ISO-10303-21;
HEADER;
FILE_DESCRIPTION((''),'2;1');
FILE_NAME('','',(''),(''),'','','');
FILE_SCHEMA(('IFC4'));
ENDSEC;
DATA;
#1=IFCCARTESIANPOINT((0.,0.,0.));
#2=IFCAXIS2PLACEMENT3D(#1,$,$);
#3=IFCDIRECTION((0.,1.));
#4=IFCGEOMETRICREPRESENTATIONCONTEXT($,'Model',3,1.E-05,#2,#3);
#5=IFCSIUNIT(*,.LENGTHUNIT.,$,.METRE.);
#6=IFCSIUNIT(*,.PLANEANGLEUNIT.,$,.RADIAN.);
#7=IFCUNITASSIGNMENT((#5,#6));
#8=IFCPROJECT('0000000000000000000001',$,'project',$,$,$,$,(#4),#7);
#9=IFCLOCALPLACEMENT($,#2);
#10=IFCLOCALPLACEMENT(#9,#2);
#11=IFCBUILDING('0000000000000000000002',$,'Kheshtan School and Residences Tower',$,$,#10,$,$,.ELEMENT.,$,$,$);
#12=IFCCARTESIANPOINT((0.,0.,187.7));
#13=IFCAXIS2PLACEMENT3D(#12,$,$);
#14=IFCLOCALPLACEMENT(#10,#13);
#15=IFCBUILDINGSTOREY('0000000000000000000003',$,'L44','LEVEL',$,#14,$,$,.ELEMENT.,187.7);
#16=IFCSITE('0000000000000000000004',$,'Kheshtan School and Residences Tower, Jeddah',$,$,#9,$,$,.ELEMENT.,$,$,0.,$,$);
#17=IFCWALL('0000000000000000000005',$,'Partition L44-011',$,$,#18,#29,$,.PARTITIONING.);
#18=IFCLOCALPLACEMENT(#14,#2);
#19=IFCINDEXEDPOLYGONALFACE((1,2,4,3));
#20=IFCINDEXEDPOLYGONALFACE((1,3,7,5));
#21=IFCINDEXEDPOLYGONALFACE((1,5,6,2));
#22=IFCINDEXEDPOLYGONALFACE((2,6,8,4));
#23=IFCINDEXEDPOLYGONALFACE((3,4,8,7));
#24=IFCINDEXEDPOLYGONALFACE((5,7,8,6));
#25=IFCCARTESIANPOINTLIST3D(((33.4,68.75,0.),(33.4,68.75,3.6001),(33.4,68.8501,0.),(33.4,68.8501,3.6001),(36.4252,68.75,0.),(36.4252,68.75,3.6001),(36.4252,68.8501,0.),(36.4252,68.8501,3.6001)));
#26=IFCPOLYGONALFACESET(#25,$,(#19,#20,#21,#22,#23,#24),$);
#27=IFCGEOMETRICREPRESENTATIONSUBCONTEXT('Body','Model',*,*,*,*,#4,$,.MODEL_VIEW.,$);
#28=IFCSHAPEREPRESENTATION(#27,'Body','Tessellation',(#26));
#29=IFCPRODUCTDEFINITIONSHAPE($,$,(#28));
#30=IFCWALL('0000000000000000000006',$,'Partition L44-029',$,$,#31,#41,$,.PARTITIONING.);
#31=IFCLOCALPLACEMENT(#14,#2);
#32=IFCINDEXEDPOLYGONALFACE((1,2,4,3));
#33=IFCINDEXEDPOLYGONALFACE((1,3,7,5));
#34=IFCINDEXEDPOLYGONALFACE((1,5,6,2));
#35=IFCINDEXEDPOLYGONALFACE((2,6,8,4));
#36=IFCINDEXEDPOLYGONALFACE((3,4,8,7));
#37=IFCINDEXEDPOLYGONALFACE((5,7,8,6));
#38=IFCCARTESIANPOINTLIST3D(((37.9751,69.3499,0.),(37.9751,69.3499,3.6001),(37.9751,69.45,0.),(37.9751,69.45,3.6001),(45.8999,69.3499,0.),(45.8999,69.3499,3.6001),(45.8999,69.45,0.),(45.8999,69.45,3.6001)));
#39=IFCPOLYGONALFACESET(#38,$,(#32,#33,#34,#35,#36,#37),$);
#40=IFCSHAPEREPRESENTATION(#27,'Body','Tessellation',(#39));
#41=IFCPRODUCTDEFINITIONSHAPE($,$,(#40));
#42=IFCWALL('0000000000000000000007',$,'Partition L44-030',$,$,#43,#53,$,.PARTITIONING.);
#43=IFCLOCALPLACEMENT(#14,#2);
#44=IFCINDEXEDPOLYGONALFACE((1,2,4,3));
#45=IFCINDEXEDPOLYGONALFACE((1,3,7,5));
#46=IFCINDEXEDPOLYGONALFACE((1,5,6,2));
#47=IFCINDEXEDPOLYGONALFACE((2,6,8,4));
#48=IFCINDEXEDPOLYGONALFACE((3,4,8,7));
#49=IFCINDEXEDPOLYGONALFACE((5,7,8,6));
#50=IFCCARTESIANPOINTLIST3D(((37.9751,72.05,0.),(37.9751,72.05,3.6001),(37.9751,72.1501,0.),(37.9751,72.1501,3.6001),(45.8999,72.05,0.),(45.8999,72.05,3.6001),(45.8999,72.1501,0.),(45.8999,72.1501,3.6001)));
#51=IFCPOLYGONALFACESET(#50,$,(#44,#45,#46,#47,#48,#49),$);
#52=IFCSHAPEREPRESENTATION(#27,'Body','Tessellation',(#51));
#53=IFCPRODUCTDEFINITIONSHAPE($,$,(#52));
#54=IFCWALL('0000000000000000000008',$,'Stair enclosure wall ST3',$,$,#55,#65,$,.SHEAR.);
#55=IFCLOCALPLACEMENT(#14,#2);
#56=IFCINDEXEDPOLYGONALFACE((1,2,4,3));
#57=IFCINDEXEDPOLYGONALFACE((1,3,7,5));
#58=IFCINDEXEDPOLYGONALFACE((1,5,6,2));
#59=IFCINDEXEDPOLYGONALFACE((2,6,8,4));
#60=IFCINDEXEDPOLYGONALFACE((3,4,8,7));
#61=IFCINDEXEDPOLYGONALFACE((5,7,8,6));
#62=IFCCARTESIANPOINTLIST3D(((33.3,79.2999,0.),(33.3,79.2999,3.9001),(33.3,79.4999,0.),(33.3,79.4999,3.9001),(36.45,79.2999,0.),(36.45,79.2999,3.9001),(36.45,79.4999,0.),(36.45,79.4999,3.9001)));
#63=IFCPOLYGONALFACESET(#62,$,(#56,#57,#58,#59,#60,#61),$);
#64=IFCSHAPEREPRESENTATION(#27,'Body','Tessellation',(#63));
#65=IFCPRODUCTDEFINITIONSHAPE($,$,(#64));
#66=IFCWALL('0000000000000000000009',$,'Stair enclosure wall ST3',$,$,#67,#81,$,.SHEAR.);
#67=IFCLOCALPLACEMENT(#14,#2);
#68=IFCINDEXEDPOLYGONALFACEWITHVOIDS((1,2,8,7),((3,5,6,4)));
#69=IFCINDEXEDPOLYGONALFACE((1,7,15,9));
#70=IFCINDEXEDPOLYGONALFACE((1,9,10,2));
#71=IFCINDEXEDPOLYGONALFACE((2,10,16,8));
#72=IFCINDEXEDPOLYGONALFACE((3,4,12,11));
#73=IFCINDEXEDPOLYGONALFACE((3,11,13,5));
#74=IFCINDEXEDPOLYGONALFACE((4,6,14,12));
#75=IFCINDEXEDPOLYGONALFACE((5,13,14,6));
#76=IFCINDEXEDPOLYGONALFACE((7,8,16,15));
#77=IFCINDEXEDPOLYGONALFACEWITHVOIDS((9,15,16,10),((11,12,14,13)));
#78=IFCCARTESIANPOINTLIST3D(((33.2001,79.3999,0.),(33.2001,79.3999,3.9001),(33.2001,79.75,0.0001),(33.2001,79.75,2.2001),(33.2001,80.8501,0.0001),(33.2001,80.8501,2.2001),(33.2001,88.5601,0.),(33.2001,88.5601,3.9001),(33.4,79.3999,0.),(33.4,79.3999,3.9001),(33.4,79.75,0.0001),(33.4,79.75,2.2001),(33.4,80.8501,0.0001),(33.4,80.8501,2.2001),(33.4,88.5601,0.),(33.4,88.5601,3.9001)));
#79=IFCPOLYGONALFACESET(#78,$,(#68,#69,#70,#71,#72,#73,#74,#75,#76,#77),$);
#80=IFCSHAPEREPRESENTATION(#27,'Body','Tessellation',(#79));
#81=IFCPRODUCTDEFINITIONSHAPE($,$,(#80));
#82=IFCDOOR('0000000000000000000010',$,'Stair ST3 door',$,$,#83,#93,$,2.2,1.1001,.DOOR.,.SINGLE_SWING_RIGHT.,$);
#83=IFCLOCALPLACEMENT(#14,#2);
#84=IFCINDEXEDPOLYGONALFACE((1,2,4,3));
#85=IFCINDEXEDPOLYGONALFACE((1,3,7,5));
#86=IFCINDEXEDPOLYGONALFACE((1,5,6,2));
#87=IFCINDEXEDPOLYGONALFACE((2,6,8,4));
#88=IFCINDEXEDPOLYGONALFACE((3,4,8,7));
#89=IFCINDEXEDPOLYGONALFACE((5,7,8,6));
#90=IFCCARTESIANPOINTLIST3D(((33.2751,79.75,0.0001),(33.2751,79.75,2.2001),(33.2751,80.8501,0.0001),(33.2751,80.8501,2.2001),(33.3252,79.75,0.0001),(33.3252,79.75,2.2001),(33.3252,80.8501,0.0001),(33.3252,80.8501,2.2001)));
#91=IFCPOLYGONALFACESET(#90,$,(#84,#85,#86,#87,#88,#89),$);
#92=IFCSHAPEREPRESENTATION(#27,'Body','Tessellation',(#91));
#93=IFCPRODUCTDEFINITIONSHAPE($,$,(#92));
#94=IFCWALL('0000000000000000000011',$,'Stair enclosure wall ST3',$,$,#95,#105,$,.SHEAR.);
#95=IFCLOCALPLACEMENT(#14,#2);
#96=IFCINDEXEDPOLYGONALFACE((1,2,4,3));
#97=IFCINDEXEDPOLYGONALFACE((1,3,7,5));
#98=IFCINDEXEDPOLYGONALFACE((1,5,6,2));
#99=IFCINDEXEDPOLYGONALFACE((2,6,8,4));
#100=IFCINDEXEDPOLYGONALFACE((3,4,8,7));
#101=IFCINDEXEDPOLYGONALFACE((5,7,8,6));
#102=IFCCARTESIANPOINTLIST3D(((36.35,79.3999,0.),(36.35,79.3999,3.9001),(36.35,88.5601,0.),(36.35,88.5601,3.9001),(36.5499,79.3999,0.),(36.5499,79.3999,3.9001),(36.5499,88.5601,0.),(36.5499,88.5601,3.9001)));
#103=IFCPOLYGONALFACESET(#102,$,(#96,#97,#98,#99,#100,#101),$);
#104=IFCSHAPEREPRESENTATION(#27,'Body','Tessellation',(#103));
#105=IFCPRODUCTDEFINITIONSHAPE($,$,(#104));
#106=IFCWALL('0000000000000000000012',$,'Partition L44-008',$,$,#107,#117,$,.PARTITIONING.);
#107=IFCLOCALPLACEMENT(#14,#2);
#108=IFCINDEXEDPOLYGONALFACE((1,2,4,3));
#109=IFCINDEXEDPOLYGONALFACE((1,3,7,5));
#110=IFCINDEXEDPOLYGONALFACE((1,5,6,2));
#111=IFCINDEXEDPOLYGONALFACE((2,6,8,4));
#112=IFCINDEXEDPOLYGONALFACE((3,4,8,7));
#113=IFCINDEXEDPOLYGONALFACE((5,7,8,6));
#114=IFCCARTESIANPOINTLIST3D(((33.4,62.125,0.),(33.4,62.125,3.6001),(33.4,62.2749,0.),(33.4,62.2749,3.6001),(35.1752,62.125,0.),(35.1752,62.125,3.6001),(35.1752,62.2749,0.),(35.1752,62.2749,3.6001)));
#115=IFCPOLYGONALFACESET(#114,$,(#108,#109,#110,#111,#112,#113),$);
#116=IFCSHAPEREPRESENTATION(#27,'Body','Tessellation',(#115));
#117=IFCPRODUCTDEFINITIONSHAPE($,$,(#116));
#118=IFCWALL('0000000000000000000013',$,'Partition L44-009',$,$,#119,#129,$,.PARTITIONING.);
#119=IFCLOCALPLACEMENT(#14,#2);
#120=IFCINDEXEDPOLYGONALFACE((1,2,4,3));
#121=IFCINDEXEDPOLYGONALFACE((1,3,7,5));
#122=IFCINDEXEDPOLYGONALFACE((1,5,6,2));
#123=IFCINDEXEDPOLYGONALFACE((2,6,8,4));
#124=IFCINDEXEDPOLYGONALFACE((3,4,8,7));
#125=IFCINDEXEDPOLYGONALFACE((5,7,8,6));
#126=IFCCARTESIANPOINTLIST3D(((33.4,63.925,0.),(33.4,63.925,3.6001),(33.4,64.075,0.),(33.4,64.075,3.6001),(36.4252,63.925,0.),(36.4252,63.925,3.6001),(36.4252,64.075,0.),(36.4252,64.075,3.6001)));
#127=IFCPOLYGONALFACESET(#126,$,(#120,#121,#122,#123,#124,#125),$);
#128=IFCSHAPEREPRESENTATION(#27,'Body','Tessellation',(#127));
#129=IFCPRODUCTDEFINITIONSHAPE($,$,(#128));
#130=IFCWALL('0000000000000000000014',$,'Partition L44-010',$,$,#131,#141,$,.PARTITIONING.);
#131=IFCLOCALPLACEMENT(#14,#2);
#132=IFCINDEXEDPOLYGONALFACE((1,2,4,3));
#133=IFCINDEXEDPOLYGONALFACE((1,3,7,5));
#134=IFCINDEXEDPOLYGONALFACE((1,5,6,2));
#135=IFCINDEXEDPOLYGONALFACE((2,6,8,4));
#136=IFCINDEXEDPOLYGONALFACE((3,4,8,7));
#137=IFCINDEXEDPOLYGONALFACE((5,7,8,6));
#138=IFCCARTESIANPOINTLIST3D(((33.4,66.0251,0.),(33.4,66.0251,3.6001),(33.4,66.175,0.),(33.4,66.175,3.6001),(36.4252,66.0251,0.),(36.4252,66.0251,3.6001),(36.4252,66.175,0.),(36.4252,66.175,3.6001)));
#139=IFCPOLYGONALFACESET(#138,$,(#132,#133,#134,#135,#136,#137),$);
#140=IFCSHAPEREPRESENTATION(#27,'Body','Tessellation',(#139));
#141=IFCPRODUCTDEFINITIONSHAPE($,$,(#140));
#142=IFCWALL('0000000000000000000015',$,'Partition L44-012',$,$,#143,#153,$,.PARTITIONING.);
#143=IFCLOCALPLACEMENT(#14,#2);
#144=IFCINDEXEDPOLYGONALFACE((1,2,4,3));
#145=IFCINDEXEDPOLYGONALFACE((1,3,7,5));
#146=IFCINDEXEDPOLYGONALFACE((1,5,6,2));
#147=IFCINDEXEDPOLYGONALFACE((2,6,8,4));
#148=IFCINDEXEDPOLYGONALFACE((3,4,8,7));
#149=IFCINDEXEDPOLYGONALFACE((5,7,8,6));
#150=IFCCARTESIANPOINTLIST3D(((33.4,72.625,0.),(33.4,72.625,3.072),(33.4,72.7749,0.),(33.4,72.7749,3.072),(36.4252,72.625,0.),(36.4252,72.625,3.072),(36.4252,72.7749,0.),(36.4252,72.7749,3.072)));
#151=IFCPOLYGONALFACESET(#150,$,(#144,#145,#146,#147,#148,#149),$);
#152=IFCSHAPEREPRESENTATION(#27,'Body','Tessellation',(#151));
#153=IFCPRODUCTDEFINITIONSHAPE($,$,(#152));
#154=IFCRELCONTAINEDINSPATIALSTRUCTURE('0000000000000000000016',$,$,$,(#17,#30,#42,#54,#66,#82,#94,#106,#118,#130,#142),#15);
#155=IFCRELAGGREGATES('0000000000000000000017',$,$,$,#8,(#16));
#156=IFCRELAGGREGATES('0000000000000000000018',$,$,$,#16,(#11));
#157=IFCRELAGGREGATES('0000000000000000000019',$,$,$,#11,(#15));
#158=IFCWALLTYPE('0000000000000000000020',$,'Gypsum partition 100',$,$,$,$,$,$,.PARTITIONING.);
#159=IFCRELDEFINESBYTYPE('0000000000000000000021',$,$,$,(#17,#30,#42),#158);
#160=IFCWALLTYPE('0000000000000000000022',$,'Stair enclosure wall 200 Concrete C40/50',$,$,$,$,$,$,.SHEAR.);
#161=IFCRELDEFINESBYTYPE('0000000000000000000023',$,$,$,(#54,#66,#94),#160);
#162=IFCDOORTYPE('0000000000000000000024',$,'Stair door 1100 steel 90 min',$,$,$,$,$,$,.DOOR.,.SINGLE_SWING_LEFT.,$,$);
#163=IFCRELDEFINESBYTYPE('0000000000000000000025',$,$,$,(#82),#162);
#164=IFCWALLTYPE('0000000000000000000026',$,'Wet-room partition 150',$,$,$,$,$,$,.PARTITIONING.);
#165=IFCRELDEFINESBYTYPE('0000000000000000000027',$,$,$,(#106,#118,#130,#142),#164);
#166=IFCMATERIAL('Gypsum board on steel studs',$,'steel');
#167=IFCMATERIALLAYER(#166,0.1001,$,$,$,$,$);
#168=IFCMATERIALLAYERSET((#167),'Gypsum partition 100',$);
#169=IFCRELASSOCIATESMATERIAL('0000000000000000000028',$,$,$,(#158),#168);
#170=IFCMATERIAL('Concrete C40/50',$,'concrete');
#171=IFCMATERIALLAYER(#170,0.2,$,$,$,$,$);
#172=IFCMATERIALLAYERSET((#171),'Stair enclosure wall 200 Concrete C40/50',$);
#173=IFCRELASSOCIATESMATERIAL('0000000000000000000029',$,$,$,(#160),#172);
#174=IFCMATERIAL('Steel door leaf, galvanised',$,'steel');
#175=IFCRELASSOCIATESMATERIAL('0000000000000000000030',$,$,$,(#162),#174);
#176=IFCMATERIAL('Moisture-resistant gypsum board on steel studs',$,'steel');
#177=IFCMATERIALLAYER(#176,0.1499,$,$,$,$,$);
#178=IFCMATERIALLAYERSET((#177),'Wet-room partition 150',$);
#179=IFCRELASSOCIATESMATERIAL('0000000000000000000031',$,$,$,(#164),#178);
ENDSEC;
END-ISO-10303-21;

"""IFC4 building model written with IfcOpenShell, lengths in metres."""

from ifc_helpers import new_model, si_unit, direction, frame, frame_2d, origin, place, context, subcontext, project, spatial, rectangle, extrude, source, transform, mapped, material, layer, layer_set, type_object, element, fill, save


model = new_model("IFC4")

# Units and contexts
model_context = context("Model", 3, precision=1e-05, world=origin(), true_north=direction((0.0, 1.0)))
body_context = subcontext(model_context, "Body", "Model", "MODEL_VIEW")
ifc_project = project(units=[si_unit("LENGTHUNIT", "METRE"), si_unit("PLANEANGLEUNIT", "RADIAN")], contexts=[model_context])

# Site, building, storey
site_placement = place(None, origin())
site = spatial("IfcSite", under=ifc_project, at=site_placement, Name="Kheshtan School and Residences Tower, Jeddah", CompositionType="ELEMENT", RefElevation=0.0)
building_placement = place(site_placement, origin())
building = spatial("IfcBuilding", under=site, at=building_placement, Name="Kheshtan School and Residences Tower", CompositionType="ELEMENT")
storey_placement = place(building_placement, frame((0.0, 0.0, 187.7)))
storey = spatial("IfcBuildingStorey", under=building, at=storey_placement, Name="L44", Description="LEVEL", CompositionType="ELEMENT", Elevation=187.7)

# Walls
ifc_material_1 = material(Name="Gypsum board on steel studs", Category="steel")
ifc_layer_1 = layer(ifc_material_1, 0.1001)
ifc_layer_set_1 = layer_set([ifc_layer_1], Name="Gypsum partition 100")
wall_type_1 = type_object("IfcWallType", Name="Gypsum partition 100", PredefinedType="PARTITIONING", material=ifc_layer_set_1)
wall_1_placement = place(storey_placement, frame((33.3999, 68.8, 0.0), z_axis=(0.0, 0.0, 1.0), x_axis=(1.0, 0.0, 0.0)))
element("IfcWall", 1, at=wall_1_placement, inside=storey, type_object=wall_type_1, Name="Partition L44-011", PredefinedType="PARTITIONING", context=body_context, shape_type="SweptSolid", body=[
    extrude(rectangle(XDim=3.0251, YDim=0.1001, at=frame_2d((1.5127, 0.0))), origin(), (0.0, 0.0, 1.0), 3.6001),
])
for number, where, z_axis, x_axis, name in (
    (2, (37.9751, 69.3999, 0.0), (0.0, 0.0, 1.0), (1.0, 0.0, 0.0), "Partition L44-029"),
    (3, (37.9751, 72.1001, 0.0), (0.0, 0.0, 1.0), (1.0, 0.0, 0.0), "Partition L44-030"),
):
    element("IfcWall", number, at=place(storey_placement, frame(where, z_axis=z_axis, x_axis=x_axis)), inside=storey, type_object=wall_type_1, Name=name, PredefinedType="PARTITIONING", context=body_context, shape_type="SweptSolid", body=[
        extrude(rectangle(XDim=7.9248, YDim=0.1001, at=frame_2d((3.9624, 0.0))), origin(), (0.0, 0.0, 1.0), 3.6001),
    ])
ifc_material_2 = material(Name="Concrete C40/50", Category="concrete")
ifc_layer_2 = layer(ifc_material_2, 0.2)
ifc_layer_set_2 = layer_set([ifc_layer_2], Name="Stair enclosure wall 200 Concrete C40/50")
wall_type_2 = type_object("IfcWallType", Name="Stair enclosure wall 200 Concrete C40/50", PredefinedType="SHEAR", material=ifc_layer_set_2)
wall_2_placement = place(storey_placement, frame((33.3, 79.3999, 0.0), z_axis=(0.0, 0.0, 1.0), x_axis=(1.0, 0.0, 0.0)))
element("IfcWall", 4, at=wall_2_placement, inside=storey, type_object=wall_type_2, Name="Stair enclosure wall ST3", PredefinedType="SHEAR", context=body_context, shape_type="SweptSolid", body=[
    extrude(rectangle(XDim=3.1499, YDim=0.2, at=frame_2d((1.575, 0.0))), origin(), (0.0, 0.0, 1.0), 3.9001),
])

# Wall, opening, door
wall_3_placement = place(storey_placement, frame((33.3, 79.3999, 0.0), z_axis=(0.0, 0.0, 1.0), x_axis=(0.0, 1.0, 0.0)))
wall_3 = element("IfcWall", 5, at=wall_3_placement, inside=storey, type_object=wall_type_2, Name="Stair enclosure wall ST3", PredefinedType="SHEAR", context=body_context, shape_type="SweptSolid", body=[
    extrude(rectangle(XDim=9.1602, YDim=0.2, at=frame_2d((4.5801, 0.0))), origin(), (0.0, 0.0, 1.0), 3.9001),
])
opening_1_placement = place(wall_3_placement, frame((0.3501, 0.0, 0.0)))
opening_1 = element("IfcOpeningElement", 6, at=opening_1_placement, cuts=wall_3, PredefinedType="OPENING", context=body_context, shape_type="SweptSolid", body=[
    extrude(rectangle(XDim=1.1001, YDim=2.2, at=frame_2d((0.55, 1.1001))), frame((0.0, 0.1099, 0.0), z_axis=(0.0, -1.0, 0.0), x_axis=(1.0, 0.0, 0.0)), (0.0, 0.0, 1.0), 0.22),
])
ifc_material_3 = material(Name="Steel door leaf, galvanised", Category="steel")
door_type_1 = type_object("IfcDoorType", Name="Stair door 1100 steel 90 min", OperationType="SINGLE_SWING_LEFT", PredefinedType="DOOR", material=ifc_material_3)
shared_shape_1 = source(origin(), body_context, "Body", "SweptSolid", [
    extrude(rectangle(XDim=1.1001, YDim=2.2, at=frame_2d((0.55, 1.1001))), frame((0.0, 0.0249, 0.0), z_axis=(0.0, -1.0, 0.0), x_axis=(1.0, 0.0, 0.0)), (0.0, 0.0, 1.0), 0.05),
])
door_1_placement = place(opening_1_placement, origin())
door_1 = element("IfcDoor", 7, at=door_1_placement, inside=storey, type_object=door_type_1, Name="Stair ST3 door", OperationType="SINGLE_SWING_RIGHT", OverallHeight=2.2, OverallWidth=1.1001, PredefinedType="DOOR", context=body_context, shape_type="MappedRepresentation", body=[
    mapped(shared_shape_1, transform((0.0, 0.0, 0.0), x_axis=(1.0, 0.0, 0.0), y_axis=(0.0, 1.0, 0.0), z_axis=(0.0, 0.0, 1.0), scale=1.0)),
])
fill(opening_1, door_1)

# Walls
wall_4_placement = place(storey_placement, frame((36.45, 79.3999, 0.0), z_axis=(0.0, 0.0, 1.0), x_axis=(0.0, 1.0, 0.0)))
element("IfcWall", 8, at=wall_4_placement, inside=storey, type_object=wall_type_2, Name="Stair enclosure wall ST3", PredefinedType="SHEAR", context=body_context, shape_type="SweptSolid", body=[
    extrude(rectangle(XDim=9.1602, YDim=0.2, at=frame_2d((4.5801, 0.0))), origin(), (0.0, 0.0, 1.0), 3.9001),
])
ifc_material_4 = material(Name="Moisture-resistant gypsum board on steel studs", Category="steel")
ifc_layer_3 = layer(ifc_material_4, 0.1499)
ifc_layer_set_3 = layer_set([ifc_layer_3], Name="Wet-room partition 150")
wall_type_3 = type_object("IfcWallType", Name="Wet-room partition 150", PredefinedType="PARTITIONING", material=ifc_layer_set_3)
wall_5_placement = place(storey_placement, frame((33.3999, 62.2, 0.0), z_axis=(0.0, 0.0, 1.0), x_axis=(1.0, 0.0, 0.0)))
element("IfcWall", 9, at=wall_5_placement, inside=storey, type_object=wall_type_3, Name="Partition L44-008", PredefinedType="PARTITIONING", context=body_context, shape_type="SweptSolid", body=[
    extrude(rectangle(XDim=1.7751, YDim=0.1499, at=frame_2d((0.8877, 0.0))), origin(), (0.0, 0.0, 1.0), 3.6001),
])
for number, where, z_axis, x_axis, name in (
    (10, (33.3999, 64.0, 0.0), (0.0, 0.0, 1.0), (1.0, 0.0, 0.0), "Partition L44-009"),
    (11, (33.3999, 66.1001, 0.0), (0.0, 0.0, 1.0), (1.0, 0.0, 0.0), "Partition L44-010"),
):
    element("IfcWall", number, at=place(storey_placement, frame(where, z_axis=z_axis, x_axis=x_axis)), inside=storey, type_object=wall_type_3, Name=name, PredefinedType="PARTITIONING", context=body_context, shape_type="SweptSolid", body=[
        extrude(rectangle(XDim=3.0251, YDim=0.1499, at=frame_2d((1.5127, 0.0))), origin(), (0.0, 0.0, 1.0), 3.6001),
    ])
wall_6_placement = place(storey_placement, frame((33.3999, 72.7, 0.0), z_axis=(0.0, 0.0, 1.0), x_axis=(1.0, 0.0, 0.0)))
element("IfcWall", 12, at=wall_6_placement, inside=storey, type_object=wall_type_3, Name="Partition L44-012", PredefinedType="PARTITIONING", context=body_context, shape_type="SweptSolid", body=[
    extrude(rectangle(XDim=3.0251, YDim=0.1499, at=frame_2d((1.5127, 0.0))), origin(), (0.0, 0.0, 1.0), 3.072),
])

save(model, "model.ifc")
